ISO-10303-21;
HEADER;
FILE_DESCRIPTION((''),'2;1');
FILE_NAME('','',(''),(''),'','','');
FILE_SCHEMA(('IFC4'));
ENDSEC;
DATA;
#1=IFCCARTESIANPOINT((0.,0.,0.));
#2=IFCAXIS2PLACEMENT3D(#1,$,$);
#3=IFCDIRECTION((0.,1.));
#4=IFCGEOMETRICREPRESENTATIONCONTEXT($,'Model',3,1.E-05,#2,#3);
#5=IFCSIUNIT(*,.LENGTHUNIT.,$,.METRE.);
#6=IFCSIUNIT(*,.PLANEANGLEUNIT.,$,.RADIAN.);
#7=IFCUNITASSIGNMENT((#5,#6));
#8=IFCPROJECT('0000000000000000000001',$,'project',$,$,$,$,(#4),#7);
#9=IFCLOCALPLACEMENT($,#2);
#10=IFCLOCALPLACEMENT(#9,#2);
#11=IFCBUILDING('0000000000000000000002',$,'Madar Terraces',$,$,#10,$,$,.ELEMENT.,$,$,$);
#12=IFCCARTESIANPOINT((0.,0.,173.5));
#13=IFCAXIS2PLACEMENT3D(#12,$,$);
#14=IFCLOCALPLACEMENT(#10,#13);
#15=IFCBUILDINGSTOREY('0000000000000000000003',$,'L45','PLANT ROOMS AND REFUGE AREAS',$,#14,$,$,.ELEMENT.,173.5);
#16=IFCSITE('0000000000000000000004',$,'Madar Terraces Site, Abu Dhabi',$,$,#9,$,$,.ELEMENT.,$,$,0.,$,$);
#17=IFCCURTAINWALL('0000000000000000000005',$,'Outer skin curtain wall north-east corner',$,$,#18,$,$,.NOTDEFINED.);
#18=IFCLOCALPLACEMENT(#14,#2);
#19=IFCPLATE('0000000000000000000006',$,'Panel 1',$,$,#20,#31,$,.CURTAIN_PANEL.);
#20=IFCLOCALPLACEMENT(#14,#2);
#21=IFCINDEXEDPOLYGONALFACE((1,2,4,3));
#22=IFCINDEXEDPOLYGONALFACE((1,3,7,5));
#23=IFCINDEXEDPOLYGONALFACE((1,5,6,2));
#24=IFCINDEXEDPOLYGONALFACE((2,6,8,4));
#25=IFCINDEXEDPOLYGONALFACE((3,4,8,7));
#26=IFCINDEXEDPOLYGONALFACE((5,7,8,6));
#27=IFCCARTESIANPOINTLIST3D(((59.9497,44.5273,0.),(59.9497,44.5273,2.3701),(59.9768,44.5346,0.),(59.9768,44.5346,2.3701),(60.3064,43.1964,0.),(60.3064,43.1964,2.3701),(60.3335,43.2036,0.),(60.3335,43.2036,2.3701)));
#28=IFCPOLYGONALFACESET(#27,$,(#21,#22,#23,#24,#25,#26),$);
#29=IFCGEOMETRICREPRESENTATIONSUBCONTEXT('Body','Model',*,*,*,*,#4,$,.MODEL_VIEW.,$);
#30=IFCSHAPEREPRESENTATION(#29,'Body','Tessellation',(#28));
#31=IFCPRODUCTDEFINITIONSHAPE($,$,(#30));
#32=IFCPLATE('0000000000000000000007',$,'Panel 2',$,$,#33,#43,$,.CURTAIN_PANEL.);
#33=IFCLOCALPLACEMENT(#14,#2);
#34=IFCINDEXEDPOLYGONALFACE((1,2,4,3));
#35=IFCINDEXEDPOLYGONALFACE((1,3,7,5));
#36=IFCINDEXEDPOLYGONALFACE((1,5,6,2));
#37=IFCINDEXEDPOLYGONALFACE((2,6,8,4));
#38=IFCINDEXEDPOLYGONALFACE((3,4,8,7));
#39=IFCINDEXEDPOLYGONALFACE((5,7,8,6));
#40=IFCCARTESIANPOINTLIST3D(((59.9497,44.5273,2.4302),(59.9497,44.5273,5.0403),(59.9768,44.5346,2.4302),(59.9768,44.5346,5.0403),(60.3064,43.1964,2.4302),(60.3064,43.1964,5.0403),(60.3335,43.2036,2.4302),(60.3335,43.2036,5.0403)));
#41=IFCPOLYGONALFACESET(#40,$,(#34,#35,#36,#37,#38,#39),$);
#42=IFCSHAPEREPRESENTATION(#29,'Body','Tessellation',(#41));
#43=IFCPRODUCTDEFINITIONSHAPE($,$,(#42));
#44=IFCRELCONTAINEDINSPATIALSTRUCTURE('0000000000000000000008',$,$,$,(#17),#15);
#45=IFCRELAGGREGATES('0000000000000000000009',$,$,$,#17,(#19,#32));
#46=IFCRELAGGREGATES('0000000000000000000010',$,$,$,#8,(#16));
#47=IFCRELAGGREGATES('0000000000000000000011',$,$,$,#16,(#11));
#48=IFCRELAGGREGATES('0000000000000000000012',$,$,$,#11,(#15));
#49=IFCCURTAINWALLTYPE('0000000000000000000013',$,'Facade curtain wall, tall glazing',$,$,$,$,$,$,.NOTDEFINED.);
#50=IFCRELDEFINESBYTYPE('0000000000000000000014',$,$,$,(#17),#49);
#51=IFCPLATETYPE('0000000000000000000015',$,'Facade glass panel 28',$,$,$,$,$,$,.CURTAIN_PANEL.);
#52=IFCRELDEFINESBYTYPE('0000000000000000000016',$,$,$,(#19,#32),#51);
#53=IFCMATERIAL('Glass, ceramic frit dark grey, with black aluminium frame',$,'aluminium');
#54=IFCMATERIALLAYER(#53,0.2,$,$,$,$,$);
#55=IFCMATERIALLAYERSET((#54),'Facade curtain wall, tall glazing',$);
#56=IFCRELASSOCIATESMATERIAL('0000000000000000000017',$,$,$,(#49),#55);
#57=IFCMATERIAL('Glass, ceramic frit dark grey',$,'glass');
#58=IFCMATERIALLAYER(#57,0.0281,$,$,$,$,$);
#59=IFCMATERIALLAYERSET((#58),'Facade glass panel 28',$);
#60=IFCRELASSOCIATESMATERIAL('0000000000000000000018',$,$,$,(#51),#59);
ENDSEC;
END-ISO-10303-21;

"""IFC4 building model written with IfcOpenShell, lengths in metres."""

from ifc_helpers import new_model, si_unit, direction, frame, origin, origin_2d, place, context, subcontext, project, spatial, rectangle, extrude, material, layer, layer_set, type_object, element, aggregate, save


model = new_model("IFC4")

# Units and contexts
model_context = context("Model", 3, precision=1e-05, world=origin(), true_north=direction((0.0, 1.0)))
body_context = subcontext(model_context, "Body", "Model", "MODEL_VIEW")
ifc_project = project(units=[si_unit("LENGTHUNIT", "METRE"), si_unit("PLANEANGLEUNIT", "RADIAN")], contexts=[model_context])

# Site, building, storey
site_placement = place(None, origin())
site = spatial("IfcSite", under=ifc_project, at=site_placement, Name="Madar Terraces Site, Abu Dhabi", CompositionType="ELEMENT", RefElevation=0.0)
building_placement = place(site_placement, origin())
building = spatial("IfcBuilding", under=site, at=building_placement, Name="Madar Terraces", CompositionType="ELEMENT")
storey_placement = place(building_placement, frame((0.0, 0.0, 173.5)))
storey = spatial("IfcBuildingStorey", under=building, at=storey_placement, Name="L45", Description="PLANT ROOMS AND REFUGE AREAS", CompositionType="ELEMENT", Elevation=173.5)

# Curtain wall
ifc_material_1 = material(Name="Glass, ceramic frit dark grey, with black aluminium frame", Category="aluminium")
ifc_layer_1 = layer(ifc_material_1, 0.2)
ifc_layer_set_1 = layer_set([ifc_layer_1], Name="Facade curtain wall, tall glazing")
curtain_wall_type = type_object("IfcCurtainWallType", Name="Facade curtain wall, tall glazing", PredefinedType="NOTDEFINED", material=ifc_layer_set_1)
curtain_wall_placement = place(storey_placement, origin())
curtain_wall = element("IfcCurtainWall", 1, at=curtain_wall_placement, inside=storey, type_object=curtain_wall_type, Name="Outer skin curtain wall north-east corner", PredefinedType="NOTDEFINED")

# Plates
ifc_material_2 = material(Name="Glass, ceramic frit dark grey", Category="glass")
ifc_layer_2 = layer(ifc_material_2, 0.0281)
ifc_layer_set_2 = layer_set([ifc_layer_2], Name="Facade glass panel 28")
plate_type = type_object("IfcPlateType", Name="Facade glass panel 28", PredefinedType="CURTAIN_PANEL", material=ifc_layer_set_2)
plate_1_placement = place(storey_placement, frame((60.1416, 43.8655, 0.0), z_axis=(0.0, 0.0, 1.0), x_axis=(-0.258819, 0.965926, 0.0)))
plate_1 = element("IfcPlate", 2, at=plate_1_placement, type_object=plate_type, Name="Panel 1", PredefinedType="CURTAIN_PANEL", context=body_context, shape_type="SweptSolid", body=[
    extrude(rectangle(XDim=1.3779, YDim=0.0281, at=origin_2d()), origin(), (0.0, 0.0, 1.0), 2.3701),
])
plate_2_placement = place(storey_placement, frame((60.1416, 43.8655, 2.4302), z_axis=(0.0, 0.0, 1.0), x_axis=(-0.258819, 0.965926, 0.0)))
plate_2 = element("IfcPlate", 3, at=plate_2_placement, type_object=plate_type, Name="Panel 2", PredefinedType="CURTAIN_PANEL", context=body_context, shape_type="SweptSolid", body=[
    extrude(rectangle(XDim=1.3779, YDim=0.0281, at=origin_2d()), origin(), (0.0, 0.0, 1.0), 2.6101),
])
aggregate(curtain_wall, [plate_1, plate_2])

save(model, "model.ifc")
